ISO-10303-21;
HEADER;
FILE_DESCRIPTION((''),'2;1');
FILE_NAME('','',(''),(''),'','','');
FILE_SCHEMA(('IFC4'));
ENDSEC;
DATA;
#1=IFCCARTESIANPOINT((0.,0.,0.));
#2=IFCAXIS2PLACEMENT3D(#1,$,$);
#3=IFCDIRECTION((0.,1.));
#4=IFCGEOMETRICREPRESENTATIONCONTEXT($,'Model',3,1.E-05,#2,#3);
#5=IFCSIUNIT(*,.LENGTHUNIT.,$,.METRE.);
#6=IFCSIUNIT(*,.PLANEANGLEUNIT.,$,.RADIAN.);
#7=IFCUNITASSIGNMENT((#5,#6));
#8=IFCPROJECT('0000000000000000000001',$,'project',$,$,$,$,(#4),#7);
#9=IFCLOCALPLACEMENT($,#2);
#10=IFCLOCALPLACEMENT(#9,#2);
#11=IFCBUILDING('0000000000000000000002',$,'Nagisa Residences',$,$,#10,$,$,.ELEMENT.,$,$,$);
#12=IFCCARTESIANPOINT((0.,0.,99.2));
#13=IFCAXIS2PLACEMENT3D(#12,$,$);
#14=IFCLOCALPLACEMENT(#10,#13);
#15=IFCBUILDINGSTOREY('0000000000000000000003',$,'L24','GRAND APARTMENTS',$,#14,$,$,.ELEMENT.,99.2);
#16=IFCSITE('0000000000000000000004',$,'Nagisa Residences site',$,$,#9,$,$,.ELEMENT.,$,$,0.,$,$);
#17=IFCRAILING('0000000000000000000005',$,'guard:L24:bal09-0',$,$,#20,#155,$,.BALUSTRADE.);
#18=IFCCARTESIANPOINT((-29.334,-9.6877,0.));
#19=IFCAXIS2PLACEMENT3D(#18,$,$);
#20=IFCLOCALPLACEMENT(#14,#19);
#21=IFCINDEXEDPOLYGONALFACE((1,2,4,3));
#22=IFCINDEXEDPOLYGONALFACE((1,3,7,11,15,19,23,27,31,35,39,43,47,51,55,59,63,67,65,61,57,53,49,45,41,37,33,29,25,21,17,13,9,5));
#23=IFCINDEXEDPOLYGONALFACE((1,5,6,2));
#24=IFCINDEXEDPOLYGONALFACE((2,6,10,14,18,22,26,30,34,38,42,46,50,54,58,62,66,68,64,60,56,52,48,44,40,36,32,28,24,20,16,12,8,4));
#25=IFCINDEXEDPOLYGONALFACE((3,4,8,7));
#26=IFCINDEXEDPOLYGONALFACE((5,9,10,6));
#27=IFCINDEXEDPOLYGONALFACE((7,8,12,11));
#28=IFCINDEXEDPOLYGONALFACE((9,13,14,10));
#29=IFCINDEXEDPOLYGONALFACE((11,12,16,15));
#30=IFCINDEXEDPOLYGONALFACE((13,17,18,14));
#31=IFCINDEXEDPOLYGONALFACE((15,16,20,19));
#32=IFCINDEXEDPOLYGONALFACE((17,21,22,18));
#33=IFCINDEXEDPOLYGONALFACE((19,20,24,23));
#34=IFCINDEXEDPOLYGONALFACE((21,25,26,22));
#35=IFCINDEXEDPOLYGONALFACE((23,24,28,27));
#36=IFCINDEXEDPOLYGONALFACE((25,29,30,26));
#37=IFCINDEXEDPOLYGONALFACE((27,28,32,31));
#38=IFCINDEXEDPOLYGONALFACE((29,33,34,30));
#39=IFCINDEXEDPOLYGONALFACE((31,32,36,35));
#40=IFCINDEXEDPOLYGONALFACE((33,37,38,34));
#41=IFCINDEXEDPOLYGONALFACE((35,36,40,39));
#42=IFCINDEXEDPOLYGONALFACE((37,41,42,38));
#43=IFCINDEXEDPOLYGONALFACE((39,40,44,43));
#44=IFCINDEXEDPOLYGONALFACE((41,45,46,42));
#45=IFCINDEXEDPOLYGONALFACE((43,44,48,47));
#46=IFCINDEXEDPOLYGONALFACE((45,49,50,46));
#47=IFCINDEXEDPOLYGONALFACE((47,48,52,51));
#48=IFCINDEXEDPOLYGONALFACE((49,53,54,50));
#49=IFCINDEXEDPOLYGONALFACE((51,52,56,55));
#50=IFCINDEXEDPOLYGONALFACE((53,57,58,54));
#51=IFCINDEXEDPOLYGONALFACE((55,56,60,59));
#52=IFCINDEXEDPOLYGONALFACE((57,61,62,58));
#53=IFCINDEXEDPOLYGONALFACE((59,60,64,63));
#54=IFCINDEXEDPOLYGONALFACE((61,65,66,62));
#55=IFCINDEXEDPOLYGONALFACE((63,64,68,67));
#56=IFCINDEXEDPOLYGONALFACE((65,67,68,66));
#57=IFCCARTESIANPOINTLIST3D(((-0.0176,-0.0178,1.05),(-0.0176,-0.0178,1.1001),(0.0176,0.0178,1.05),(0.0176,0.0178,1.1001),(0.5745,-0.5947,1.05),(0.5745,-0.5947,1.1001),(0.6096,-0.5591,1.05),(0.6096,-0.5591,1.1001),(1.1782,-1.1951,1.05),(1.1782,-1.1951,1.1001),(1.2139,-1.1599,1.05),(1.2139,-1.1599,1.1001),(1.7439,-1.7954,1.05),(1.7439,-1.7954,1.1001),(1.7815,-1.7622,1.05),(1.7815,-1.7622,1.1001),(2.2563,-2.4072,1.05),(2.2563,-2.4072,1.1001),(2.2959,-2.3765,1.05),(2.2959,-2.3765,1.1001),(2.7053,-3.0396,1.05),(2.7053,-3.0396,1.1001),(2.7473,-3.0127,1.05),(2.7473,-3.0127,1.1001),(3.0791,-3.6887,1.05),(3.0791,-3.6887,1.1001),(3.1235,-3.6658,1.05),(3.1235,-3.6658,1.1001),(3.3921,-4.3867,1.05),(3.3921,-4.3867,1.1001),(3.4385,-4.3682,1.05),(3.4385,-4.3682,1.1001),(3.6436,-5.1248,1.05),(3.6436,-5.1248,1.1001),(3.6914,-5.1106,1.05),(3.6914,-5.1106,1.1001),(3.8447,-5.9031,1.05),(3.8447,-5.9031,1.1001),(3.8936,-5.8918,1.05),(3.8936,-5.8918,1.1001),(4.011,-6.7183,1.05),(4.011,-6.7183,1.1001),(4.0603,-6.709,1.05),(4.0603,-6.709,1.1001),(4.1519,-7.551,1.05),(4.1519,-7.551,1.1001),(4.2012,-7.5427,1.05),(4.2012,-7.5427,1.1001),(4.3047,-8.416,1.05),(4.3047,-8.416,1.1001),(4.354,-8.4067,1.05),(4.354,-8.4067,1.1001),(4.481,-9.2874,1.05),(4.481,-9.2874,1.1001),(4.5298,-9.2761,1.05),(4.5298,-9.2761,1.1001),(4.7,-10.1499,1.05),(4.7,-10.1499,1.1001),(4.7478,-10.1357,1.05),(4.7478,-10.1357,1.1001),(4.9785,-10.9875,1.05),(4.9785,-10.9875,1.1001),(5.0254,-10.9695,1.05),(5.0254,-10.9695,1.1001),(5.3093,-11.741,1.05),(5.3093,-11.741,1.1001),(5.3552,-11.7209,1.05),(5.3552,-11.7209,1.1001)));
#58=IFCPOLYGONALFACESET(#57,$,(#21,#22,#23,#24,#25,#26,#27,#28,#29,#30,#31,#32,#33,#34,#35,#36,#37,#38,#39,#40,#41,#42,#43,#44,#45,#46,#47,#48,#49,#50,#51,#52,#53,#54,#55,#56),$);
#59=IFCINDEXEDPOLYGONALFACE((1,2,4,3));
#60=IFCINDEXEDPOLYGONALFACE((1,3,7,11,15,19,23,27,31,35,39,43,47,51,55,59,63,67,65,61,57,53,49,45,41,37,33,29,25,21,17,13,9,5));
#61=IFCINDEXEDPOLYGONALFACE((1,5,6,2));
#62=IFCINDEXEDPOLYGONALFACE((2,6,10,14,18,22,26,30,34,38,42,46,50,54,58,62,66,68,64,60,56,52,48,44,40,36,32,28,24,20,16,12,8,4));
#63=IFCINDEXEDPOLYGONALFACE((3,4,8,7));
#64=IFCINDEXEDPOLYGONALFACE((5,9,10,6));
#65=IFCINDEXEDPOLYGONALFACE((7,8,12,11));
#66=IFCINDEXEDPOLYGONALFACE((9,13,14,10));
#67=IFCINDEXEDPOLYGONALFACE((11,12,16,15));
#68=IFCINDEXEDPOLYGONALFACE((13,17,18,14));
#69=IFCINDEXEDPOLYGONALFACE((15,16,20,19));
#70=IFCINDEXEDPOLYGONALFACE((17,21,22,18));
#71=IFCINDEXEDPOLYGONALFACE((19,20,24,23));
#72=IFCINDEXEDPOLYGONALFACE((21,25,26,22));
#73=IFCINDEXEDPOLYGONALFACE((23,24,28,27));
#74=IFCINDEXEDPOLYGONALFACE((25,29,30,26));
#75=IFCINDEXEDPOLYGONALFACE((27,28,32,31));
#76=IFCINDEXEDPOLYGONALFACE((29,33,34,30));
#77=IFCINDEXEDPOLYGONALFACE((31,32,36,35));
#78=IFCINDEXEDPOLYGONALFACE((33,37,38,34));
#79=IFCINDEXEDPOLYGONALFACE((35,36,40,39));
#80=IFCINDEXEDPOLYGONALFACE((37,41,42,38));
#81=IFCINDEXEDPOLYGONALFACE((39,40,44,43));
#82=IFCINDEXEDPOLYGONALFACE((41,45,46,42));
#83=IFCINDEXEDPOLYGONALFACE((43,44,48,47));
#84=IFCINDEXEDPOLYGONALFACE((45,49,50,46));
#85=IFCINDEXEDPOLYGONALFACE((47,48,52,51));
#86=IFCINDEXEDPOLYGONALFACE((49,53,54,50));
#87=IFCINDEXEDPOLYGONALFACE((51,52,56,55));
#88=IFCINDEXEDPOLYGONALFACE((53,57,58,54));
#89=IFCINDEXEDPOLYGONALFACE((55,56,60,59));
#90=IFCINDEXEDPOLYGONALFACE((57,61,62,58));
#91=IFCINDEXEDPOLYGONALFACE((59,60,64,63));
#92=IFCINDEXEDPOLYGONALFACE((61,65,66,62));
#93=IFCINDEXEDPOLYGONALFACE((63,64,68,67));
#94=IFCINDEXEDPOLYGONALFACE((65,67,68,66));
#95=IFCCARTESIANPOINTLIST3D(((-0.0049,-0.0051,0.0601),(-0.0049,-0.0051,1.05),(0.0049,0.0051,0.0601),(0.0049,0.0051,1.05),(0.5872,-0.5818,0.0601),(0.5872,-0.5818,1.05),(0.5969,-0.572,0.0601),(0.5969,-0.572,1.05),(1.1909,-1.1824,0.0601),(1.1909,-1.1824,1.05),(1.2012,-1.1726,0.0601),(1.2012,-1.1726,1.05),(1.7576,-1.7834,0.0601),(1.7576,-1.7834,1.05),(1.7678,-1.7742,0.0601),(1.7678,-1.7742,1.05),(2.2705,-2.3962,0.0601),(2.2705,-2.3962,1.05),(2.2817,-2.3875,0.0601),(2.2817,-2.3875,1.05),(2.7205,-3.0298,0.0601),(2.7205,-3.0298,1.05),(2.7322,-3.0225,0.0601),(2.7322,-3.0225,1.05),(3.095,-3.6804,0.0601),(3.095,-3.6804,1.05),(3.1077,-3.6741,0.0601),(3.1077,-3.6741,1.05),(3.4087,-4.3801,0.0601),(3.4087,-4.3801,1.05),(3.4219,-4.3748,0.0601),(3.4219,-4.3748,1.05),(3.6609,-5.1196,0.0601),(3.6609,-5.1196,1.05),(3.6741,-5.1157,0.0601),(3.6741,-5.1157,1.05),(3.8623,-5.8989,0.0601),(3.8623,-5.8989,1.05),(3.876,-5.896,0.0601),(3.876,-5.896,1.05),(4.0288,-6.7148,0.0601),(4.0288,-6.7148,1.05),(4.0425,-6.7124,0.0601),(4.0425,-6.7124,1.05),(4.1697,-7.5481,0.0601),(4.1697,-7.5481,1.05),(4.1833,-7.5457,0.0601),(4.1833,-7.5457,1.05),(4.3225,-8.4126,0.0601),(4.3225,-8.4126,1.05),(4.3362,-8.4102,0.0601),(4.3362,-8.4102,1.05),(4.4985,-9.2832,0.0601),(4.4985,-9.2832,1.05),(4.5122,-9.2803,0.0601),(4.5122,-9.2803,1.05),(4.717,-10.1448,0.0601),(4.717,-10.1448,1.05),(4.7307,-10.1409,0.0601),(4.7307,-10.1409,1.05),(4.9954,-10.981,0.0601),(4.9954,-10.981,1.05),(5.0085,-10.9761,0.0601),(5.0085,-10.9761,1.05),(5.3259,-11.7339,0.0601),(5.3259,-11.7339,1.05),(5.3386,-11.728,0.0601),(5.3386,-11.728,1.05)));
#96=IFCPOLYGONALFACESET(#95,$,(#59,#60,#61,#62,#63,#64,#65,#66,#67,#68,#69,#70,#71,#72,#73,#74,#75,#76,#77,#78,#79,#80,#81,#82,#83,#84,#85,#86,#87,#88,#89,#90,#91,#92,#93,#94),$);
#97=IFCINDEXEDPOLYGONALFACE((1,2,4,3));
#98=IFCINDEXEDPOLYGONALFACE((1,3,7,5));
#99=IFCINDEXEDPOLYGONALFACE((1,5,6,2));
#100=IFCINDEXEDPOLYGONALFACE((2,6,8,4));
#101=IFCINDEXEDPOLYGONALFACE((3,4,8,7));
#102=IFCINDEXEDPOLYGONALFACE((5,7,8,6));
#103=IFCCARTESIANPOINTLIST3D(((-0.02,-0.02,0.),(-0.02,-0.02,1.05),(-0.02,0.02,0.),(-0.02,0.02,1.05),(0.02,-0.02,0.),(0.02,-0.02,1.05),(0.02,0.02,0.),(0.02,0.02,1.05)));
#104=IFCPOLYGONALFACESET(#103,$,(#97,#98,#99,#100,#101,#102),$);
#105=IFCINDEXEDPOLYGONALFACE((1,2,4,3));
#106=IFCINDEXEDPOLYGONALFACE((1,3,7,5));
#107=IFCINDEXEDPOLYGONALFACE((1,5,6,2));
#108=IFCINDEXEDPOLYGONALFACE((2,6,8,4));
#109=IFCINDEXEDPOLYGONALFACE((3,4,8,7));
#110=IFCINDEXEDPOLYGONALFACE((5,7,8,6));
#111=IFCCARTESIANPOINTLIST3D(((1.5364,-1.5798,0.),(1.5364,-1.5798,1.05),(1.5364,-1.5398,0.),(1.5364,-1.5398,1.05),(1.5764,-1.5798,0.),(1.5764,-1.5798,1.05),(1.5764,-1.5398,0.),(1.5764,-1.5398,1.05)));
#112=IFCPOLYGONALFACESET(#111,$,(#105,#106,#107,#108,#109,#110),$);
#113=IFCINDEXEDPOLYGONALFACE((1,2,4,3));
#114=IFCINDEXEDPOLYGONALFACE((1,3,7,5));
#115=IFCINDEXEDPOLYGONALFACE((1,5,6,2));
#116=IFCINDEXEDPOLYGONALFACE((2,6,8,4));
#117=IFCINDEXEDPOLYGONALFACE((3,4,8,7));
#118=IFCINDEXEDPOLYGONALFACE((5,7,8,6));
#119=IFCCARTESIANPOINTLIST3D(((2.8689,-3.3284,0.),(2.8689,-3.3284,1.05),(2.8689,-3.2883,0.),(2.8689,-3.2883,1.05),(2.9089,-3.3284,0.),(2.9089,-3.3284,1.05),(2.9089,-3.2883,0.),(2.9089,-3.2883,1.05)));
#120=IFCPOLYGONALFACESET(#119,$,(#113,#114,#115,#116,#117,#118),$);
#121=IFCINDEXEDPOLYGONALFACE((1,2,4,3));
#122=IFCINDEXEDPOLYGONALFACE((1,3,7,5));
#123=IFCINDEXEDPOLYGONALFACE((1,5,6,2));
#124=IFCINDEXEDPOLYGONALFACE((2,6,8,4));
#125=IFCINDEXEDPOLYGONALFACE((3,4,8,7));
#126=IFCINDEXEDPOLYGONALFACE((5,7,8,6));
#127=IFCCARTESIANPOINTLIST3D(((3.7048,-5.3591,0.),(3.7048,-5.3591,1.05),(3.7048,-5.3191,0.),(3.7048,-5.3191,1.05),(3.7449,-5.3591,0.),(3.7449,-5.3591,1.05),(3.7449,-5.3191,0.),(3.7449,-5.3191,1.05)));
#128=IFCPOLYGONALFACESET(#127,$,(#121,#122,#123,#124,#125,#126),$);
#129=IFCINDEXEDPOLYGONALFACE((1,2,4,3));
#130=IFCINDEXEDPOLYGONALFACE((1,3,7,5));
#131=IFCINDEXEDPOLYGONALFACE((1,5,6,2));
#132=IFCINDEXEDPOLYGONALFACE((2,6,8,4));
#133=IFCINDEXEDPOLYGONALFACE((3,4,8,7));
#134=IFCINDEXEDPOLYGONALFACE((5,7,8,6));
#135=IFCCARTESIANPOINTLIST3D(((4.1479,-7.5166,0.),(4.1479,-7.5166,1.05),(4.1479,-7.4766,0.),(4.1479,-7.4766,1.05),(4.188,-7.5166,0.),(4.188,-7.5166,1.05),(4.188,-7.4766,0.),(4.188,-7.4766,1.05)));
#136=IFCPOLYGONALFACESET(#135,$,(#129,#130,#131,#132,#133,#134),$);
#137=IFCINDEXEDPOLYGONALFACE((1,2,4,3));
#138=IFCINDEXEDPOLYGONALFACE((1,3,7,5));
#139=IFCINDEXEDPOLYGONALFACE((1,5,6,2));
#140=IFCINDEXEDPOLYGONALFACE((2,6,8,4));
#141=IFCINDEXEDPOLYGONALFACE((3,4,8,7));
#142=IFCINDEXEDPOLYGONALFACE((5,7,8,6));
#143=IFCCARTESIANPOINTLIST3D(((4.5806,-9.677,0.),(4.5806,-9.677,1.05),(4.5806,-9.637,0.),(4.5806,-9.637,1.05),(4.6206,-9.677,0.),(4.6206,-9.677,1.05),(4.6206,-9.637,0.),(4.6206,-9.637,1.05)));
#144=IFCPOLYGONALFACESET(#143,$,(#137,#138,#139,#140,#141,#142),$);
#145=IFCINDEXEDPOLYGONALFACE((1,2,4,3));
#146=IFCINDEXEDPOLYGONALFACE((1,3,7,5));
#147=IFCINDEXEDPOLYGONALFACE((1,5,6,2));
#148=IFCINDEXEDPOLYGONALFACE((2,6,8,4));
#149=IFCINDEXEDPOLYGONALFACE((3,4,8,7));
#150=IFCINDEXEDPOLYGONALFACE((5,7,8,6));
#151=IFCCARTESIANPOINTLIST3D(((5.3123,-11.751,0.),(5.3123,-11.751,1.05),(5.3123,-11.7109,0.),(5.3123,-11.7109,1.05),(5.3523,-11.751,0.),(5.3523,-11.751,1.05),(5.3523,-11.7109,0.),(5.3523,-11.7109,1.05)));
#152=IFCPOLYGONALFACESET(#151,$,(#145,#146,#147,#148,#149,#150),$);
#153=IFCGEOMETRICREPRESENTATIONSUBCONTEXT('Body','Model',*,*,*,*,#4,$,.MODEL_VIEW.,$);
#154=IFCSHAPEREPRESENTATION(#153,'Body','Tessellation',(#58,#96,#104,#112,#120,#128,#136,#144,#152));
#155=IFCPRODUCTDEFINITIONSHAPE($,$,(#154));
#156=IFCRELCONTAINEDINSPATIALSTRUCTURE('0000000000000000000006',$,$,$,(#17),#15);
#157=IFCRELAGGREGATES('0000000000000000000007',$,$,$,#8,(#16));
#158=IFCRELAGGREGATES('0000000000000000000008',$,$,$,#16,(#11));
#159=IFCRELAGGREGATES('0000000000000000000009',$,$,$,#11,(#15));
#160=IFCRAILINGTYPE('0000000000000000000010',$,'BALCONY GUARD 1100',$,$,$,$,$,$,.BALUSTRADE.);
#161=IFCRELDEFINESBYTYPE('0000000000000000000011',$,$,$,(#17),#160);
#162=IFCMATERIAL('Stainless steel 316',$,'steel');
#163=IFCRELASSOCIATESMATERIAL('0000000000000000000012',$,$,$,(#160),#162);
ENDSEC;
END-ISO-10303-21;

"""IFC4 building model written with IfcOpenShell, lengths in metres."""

from ifc_helpers import new_model, si_unit, direction, frame, origin, origin_2d, place, context, subcontext, project, spatial, polyline, rectangle, outline, extrude, material, type_object, element, save


model = new_model("IFC4")

# Units and contexts
model_context = context("Model", 3, precision=1e-05, world=origin(), true_north=direction((0.0, 1.0)))
body_context = subcontext(model_context, "Body", "Model", "MODEL_VIEW")
ifc_project = project(units=[si_unit("LENGTHUNIT", "METRE"), si_unit("PLANEANGLEUNIT", "RADIAN")], contexts=[model_context])

# Site, building, storey
site_placement = place(None, origin())
site = spatial("IfcSite", under=ifc_project, at=site_placement, Name="Nagisa Residences site", CompositionType="ELEMENT", RefElevation=0.0)
building_placement = place(site_placement, origin())
building = spatial("IfcBuilding", under=site, at=building_placement, Name="Nagisa Residences", CompositionType="ELEMENT")
storey_placement = place(building_placement, frame((0.0, 0.0, 99.2)))
storey = spatial("IfcBuildingStorey", under=building, at=storey_placement, Name="L24", Description="GRAND APARTMENTS", CompositionType="ELEMENT", Elevation=99.2)

# Railing
ifc_material_1 = material(Name="Stainless steel 316", Category="steel")
railing_type = type_object("IfcRailingType", Name="BALCONY GUARD 1100", PredefinedType="BALUSTRADE", material=ifc_material_1)
railing_placement = place(storey_placement, frame((-29.334, -9.6877, 0.0)))
element("IfcRailing", 1, at=railing_placement, inside=storey, type_object=railing_type, Name="guard:L24:bal09-0", PredefinedType="BALUSTRADE", context=body_context, shape_type="SweptSolid", body=[
    extrude(outline(polyline([(0.6096, -0.5591), (0.0176, 0.0178), (-0.0176, -0.0178), (0.5745, -0.5947), (1.1782, -1.1951), (1.7439, -1.7954), (2.2563, -2.4072), (2.7053, -3.0396), (3.0791, -3.6887), (3.3921, -4.3867), (3.6436, -5.1248), (3.8447, -5.9031), (4.011, -6.7183), (4.1519, -7.551), (4.3047, -8.416), (4.481, -9.2874), (4.7, -10.1499), (4.9785, -10.9875), (5.3093, -11.741), (5.3552, -11.7209), (5.0254, -10.9695), (4.7478, -10.1357), (4.5298, -9.2761), (4.354, -8.4067), (4.2012, -7.5427), (4.0603, -6.709), (3.8936, -5.8918), (3.6914, -5.1106), (3.4385, -4.3682), (3.1235, -3.6658), (2.7473, -3.0127), (2.2959, -2.3765), (1.7815, -1.7622), (1.2139, -1.1599), (0.6096, -0.5591)])), frame((0.0, 0.0, 1.05)), (0.0, 0.0, 1.0), 0.05),
    extrude(outline(polyline([(0.5969, -0.572), (0.0049, 0.0051), (-0.0049, -0.0051), (0.5872, -0.5818), (1.1909, -1.1824), (1.7576, -1.7834), (2.2705, -2.3962), (2.7205, -3.0298), (3.095, -3.6804), (3.4087, -4.3801), (3.6609, -5.1196), (3.8623, -5.8989), (4.0288, -6.7148), (4.1697, -7.5481), (4.3225, -8.4126), (4.4985, -9.2832), (4.717, -10.1448), (4.9954, -10.981), (5.3259, -11.7339), (5.3386, -11.728), (5.0085, -10.9761), (4.7307, -10.1409), (4.5122, -9.2803), (4.3362, -8.4102), (4.1833, -7.5457), (4.0425, -6.7124), (3.876, -5.896), (3.6741, -5.1157), (3.4219, -4.3748), (3.1077, -3.6741), (2.7322, -3.0225), (2.2817, -2.3875), (1.7678, -1.7742), (1.2012, -1.1726), (0.5969, -0.572)])), frame((0.0, 0.0, 0.0601)), (0.0, 0.0, 1.0), 0.99),
    extrude(rectangle(XDim=0.04, YDim=0.04, at=origin_2d()), origin(), (0.0, 0.0, 1.0), 1.05),
    extrude(rectangle(XDim=0.04, YDim=0.04, at=origin_2d()), frame((1.5564, -1.5598, 0.0)), (0.0, 0.0, 1.0), 1.05),
    extrude(rectangle(XDim=0.04, YDim=0.04, at=origin_2d()), frame((2.8889, -3.3083, 0.0)), (0.0, 0.0, 1.0), 1.05),
    extrude(rectangle(XDim=0.04, YDim=0.04, at=origin_2d()), frame((3.7249, -5.3391, 0.0)), (0.0, 0.0, 1.0), 1.05),
    extrude(rectangle(XDim=0.04, YDim=0.04, at=origin_2d()), frame((4.168, -7.4966, 0.0)), (0.0, 0.0, 1.0), 1.05),
    extrude(rectangle(XDim=0.04, YDim=0.04, at=origin_2d()), frame((4.6006, -9.657, 0.0)), (0.0, 0.0, 1.0), 1.05),
    extrude(rectangle(XDim=0.04, YDim=0.04, at=origin_2d()), frame((5.3323, -11.731, 0.0)), (0.0, 0.0, 1.0), 1.05),
])

save(model, "model.ifc")
